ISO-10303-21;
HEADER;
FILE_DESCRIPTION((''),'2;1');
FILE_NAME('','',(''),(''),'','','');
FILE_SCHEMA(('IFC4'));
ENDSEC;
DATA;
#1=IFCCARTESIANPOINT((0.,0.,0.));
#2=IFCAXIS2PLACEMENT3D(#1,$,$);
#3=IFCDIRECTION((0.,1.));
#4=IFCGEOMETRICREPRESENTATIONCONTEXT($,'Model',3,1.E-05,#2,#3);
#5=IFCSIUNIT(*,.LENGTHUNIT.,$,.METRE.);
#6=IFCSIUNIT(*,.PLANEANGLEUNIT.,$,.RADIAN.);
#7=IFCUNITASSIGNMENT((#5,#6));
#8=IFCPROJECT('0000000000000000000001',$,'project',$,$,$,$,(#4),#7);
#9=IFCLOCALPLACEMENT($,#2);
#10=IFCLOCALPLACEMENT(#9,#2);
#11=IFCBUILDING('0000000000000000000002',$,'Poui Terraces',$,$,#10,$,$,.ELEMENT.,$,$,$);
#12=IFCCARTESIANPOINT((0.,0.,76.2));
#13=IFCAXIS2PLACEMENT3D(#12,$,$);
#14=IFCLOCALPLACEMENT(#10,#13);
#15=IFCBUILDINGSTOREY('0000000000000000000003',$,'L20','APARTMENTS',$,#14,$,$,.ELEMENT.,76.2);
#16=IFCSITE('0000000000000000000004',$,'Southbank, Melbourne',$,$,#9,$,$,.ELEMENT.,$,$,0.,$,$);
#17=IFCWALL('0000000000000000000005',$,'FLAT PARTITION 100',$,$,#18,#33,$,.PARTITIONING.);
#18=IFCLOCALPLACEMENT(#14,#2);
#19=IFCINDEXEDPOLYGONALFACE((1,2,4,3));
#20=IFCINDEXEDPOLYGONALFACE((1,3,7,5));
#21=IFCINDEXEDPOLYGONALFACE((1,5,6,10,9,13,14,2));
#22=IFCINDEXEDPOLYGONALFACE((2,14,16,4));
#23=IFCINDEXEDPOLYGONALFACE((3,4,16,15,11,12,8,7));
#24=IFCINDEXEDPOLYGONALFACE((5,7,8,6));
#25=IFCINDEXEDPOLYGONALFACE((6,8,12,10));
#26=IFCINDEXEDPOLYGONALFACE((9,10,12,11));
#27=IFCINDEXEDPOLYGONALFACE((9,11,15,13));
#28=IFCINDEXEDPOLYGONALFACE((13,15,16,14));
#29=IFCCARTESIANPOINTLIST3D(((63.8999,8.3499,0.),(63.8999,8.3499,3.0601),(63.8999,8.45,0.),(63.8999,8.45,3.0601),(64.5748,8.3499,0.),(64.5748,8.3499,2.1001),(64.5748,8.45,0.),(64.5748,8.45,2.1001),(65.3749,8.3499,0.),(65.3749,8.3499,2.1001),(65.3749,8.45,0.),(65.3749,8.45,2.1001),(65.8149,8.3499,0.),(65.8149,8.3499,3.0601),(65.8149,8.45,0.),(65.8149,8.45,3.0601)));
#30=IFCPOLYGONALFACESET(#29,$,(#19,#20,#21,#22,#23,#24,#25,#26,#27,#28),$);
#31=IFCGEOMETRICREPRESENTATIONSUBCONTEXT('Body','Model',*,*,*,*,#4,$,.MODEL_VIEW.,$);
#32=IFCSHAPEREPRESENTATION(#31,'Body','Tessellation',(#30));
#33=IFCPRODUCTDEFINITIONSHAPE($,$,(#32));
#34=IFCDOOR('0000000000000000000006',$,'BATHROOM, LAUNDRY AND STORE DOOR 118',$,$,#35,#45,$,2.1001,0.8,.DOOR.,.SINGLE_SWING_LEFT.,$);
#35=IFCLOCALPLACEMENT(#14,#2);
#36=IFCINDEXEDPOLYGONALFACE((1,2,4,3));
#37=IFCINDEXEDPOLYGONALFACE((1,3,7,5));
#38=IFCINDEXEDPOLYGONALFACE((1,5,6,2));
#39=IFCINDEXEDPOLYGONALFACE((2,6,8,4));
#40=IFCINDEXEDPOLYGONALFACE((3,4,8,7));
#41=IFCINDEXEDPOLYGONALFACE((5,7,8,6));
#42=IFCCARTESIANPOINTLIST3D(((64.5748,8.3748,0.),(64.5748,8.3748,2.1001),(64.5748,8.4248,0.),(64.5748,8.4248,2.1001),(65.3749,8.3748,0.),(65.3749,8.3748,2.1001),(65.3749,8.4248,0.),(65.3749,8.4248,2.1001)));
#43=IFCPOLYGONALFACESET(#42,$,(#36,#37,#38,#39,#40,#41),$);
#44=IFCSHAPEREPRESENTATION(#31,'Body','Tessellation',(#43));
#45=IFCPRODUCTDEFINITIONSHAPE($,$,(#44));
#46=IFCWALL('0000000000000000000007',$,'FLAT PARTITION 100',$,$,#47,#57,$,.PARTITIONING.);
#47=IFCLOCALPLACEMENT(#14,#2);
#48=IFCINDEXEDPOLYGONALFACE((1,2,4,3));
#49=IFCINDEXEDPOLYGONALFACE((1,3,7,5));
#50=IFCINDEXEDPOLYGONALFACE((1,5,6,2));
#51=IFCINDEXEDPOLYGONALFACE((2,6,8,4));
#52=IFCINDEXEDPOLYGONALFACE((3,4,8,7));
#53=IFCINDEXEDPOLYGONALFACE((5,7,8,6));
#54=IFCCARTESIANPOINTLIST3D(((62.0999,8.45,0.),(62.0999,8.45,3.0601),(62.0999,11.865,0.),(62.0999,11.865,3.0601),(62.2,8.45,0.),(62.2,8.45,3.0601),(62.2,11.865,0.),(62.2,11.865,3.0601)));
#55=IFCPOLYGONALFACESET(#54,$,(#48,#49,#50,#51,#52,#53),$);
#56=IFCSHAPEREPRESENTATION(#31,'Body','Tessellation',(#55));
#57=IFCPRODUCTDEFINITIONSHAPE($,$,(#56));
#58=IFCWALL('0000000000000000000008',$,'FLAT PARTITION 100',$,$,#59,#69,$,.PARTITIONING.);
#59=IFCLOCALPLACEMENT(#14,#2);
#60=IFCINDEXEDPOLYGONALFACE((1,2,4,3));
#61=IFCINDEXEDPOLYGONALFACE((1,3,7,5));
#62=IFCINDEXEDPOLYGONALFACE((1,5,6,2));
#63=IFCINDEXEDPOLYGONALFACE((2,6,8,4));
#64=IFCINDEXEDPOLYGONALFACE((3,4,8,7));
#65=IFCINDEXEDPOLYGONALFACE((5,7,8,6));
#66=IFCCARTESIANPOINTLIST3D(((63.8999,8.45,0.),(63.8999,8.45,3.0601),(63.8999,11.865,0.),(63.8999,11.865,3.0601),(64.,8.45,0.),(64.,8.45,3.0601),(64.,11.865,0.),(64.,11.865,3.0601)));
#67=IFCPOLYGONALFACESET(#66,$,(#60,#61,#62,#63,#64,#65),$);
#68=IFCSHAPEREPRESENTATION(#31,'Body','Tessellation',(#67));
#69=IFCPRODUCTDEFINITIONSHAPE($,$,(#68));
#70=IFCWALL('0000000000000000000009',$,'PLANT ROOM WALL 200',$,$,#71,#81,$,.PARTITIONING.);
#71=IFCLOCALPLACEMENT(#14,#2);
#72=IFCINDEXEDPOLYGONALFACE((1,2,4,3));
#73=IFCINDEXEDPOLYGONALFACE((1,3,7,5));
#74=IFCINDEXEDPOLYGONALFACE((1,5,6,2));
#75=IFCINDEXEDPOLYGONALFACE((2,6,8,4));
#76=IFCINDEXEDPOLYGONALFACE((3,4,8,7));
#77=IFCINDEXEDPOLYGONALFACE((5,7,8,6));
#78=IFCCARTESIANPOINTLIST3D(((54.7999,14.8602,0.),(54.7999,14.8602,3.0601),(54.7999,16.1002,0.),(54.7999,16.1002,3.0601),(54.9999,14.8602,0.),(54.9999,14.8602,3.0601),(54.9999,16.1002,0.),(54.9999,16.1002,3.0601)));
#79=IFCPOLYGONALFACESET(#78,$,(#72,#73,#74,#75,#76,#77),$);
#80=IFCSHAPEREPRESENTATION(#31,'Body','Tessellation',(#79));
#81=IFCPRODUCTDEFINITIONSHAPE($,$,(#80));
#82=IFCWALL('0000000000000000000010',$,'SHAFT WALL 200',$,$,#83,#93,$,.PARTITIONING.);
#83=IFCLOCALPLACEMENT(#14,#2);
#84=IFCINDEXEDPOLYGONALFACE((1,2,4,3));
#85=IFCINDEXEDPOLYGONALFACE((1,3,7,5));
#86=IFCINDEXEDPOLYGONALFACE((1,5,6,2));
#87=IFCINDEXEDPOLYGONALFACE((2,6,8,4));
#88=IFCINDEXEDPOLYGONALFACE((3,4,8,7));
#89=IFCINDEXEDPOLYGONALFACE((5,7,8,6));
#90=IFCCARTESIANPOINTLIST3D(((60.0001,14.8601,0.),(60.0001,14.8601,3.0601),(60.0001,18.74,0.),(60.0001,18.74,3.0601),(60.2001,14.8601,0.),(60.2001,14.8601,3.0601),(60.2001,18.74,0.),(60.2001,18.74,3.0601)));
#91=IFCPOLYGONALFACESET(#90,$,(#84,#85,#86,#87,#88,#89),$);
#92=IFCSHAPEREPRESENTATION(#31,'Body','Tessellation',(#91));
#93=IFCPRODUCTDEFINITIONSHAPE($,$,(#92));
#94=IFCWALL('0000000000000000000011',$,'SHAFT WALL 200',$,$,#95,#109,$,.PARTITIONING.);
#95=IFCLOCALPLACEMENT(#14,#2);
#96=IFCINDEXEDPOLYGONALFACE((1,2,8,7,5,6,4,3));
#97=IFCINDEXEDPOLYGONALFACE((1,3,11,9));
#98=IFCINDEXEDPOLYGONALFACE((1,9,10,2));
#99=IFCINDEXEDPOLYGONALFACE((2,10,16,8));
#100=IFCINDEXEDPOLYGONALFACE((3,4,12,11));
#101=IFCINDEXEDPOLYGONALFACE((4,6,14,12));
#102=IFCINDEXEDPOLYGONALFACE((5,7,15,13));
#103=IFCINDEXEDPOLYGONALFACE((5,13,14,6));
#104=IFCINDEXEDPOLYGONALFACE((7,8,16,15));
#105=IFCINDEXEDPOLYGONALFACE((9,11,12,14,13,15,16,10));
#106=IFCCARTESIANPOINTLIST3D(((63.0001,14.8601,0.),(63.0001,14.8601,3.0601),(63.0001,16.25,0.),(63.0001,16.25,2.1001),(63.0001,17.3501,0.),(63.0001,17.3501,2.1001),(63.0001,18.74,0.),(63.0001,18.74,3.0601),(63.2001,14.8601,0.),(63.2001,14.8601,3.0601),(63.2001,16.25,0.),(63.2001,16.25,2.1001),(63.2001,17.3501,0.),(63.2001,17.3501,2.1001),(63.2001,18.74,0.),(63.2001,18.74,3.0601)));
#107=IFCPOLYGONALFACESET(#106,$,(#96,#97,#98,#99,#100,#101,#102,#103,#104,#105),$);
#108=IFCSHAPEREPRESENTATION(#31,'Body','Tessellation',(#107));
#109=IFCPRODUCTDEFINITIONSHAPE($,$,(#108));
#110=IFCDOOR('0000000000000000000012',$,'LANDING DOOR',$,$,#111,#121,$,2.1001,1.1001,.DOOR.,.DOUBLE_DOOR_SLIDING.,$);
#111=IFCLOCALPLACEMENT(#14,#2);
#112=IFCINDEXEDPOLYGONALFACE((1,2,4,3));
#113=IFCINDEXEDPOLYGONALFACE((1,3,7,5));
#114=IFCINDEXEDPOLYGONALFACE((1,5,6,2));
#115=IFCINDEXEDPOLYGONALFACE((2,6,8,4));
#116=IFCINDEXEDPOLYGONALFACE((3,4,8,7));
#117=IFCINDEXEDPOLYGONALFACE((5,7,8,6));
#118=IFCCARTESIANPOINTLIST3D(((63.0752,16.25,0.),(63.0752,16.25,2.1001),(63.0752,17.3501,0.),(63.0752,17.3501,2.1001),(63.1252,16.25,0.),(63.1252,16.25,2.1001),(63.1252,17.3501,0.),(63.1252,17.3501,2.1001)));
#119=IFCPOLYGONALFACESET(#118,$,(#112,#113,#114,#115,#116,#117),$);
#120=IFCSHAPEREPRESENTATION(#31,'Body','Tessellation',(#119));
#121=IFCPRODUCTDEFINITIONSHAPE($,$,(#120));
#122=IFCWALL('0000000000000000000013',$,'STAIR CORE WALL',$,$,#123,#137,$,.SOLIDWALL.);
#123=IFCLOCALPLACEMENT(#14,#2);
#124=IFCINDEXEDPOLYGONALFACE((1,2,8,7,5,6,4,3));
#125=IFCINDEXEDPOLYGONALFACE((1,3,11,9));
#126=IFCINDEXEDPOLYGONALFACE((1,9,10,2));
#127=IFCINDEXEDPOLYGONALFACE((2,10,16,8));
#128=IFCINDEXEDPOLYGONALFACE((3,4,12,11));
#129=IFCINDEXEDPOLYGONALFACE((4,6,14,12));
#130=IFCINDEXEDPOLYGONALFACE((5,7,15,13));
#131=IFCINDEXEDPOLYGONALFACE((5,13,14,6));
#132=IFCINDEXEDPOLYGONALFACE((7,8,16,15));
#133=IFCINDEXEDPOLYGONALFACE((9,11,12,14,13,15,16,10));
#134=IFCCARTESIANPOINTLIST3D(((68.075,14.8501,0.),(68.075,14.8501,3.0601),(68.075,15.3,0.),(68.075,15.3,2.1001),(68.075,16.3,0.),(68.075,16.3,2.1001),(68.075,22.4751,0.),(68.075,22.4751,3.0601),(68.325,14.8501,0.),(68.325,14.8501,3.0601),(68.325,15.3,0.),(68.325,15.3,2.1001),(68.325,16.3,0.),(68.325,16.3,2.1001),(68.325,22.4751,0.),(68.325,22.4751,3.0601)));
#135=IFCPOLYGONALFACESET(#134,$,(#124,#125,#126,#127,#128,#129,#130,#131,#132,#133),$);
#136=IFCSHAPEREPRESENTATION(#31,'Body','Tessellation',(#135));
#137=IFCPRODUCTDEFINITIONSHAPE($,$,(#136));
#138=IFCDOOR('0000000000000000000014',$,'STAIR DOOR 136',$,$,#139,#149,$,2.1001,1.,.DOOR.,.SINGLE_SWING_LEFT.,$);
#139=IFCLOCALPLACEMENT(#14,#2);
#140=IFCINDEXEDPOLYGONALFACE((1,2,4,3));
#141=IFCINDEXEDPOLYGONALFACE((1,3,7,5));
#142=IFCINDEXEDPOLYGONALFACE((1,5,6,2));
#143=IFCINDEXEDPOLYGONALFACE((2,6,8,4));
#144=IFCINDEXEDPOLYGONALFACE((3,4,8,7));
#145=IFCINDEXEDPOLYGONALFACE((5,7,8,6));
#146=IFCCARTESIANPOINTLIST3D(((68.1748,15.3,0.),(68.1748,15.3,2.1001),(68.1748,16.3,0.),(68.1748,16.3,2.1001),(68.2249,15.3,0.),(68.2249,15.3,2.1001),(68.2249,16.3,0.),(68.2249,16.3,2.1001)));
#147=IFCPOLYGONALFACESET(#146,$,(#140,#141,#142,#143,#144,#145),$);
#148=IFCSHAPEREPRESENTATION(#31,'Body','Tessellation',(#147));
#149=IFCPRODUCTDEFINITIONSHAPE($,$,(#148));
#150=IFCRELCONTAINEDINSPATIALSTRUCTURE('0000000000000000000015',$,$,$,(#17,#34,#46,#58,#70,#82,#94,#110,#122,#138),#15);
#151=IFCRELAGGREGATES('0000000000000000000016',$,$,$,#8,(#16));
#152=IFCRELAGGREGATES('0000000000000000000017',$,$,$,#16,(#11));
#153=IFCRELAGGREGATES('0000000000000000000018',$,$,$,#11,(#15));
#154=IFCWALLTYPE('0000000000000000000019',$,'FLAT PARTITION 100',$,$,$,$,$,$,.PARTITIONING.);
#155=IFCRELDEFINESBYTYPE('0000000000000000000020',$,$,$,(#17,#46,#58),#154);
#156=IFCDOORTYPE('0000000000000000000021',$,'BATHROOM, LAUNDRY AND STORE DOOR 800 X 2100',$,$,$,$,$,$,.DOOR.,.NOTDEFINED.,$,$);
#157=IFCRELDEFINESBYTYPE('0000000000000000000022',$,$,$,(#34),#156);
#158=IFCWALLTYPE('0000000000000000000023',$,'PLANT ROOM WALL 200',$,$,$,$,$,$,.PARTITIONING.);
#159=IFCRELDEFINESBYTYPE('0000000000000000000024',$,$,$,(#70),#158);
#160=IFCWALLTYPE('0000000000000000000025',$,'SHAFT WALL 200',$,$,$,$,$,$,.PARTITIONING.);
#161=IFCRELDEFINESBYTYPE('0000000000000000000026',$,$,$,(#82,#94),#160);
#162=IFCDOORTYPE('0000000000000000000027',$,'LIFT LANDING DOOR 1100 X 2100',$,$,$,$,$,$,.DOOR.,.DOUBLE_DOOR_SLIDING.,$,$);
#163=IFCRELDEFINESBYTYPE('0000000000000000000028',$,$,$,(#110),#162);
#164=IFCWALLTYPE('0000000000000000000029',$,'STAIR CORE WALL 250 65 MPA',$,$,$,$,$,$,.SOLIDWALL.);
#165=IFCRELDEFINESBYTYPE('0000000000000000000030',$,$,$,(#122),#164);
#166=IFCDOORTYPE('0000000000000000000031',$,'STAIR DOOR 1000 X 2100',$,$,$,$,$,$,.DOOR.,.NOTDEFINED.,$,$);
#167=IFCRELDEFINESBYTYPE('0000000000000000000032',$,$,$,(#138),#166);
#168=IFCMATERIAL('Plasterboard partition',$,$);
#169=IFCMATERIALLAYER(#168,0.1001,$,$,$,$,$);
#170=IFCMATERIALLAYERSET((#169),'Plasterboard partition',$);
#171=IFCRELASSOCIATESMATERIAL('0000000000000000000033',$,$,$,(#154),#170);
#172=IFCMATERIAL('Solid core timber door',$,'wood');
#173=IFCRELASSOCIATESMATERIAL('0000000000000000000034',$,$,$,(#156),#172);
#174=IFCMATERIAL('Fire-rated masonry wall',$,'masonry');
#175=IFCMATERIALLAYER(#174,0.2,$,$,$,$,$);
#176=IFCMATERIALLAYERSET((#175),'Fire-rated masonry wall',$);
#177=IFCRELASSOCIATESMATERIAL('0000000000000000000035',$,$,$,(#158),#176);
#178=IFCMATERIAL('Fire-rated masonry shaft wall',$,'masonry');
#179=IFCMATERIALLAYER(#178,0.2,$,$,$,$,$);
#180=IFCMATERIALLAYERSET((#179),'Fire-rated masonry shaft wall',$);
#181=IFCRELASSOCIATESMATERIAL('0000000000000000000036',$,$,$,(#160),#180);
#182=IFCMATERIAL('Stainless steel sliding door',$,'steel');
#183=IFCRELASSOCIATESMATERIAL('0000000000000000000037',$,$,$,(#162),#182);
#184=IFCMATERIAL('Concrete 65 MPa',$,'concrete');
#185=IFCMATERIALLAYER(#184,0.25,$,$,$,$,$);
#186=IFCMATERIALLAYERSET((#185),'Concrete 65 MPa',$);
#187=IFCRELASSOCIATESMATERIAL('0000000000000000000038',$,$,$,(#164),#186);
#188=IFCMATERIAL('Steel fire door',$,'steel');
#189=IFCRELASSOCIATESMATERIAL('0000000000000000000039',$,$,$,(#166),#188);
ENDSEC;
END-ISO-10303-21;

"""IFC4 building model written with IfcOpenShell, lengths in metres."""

from ifc_helpers import new_model, si_unit, direction, frame, frame_2d, origin, place, context, subcontext, project, spatial, rectangle, extrude, material, layer, layer_set, type_object, element, fill, save


model = new_model("IFC4")

# Units and contexts
model_context = context("Model", 3, precision=1e-05, world=origin(), true_north=direction((0.0, 1.0)))
body_context = subcontext(model_context, "Body", "Model", "MODEL_VIEW")
ifc_project = project(units=[si_unit("LENGTHUNIT", "METRE"), si_unit("PLANEANGLEUNIT", "RADIAN")], contexts=[model_context])

# Site, building, storey
site_placement = place(None, origin())
site = spatial("IfcSite", under=ifc_project, at=site_placement, Name="Southbank, Melbourne", CompositionType="ELEMENT", RefElevation=0.0)
building_placement = place(site_placement, origin())
building = spatial("IfcBuilding", under=site, at=building_placement, Name="Poui Terraces", CompositionType="ELEMENT")
storey_placement = place(building_placement, frame((0.0, 0.0, 76.2)))
storey = spatial("IfcBuildingStorey", under=building, at=storey_placement, Name="L20", Description="APARTMENTS", CompositionType="ELEMENT", Elevation=76.2)

# Shared definitions
ifc_material_1 = material(Name="Concrete 65 MPa", Category="concrete")

# Wall, opening, door
ifc_material_2 = material(Name="Steel fire door", Category="steel")
ifc_material_3 = material(Name="Plasterboard partition")
ifc_layer_1 = layer(ifc_material_3, 0.1001)
ifc_layer_set_1 = layer_set([ifc_layer_1], Name="Plasterboard partition")
wall_type_1 = type_object("IfcWallType", Name="FLAT PARTITION 100", PredefinedType="PARTITIONING", material=ifc_layer_set_1)
ifc_material_4 = material(Name="Solid core timber door", Category="wood")
door_type_1 = type_object("IfcDoorType", Name="BATHROOM, LAUNDRY AND STORE DOOR 800 X 2100", OperationType="NOTDEFINED", PredefinedType="DOOR", material=ifc_material_4)
wall_1_placement = place(storey_placement, frame((63.8999, 8.3999, 0.0), z_axis=(0.0, 0.0, 1.0), x_axis=(1.0, 0.0, 0.0)))
wall_1 = element("IfcWall", 1, at=wall_1_placement, inside=storey, type_object=wall_type_1, Name="FLAT PARTITION 100", PredefinedType="PARTITIONING", context=body_context, shape_type="SweptSolid", body=[
    extrude(rectangle(XDim=1.915, YDim=0.1001, at=frame_2d((0.9575, 0.0))), origin(), (0.0, 0.0, 1.0), 3.0601),
])
opening_1_placement = place(wall_1_placement, frame((0.675, 0.0, 0.0)))
opening_1 = element("IfcOpeningElement", 2, at=opening_1_placement, cuts=wall_1, PredefinedType="OPENING", context=body_context, shape_type="SweptSolid", body=[
    extrude(rectangle(XDim=0.8, YDim=2.1001, at=frame_2d((0.3999, 1.05))), frame((0.0, 0.0601, 0.0), z_axis=(0.0, -1.0, 0.0), x_axis=(1.0, 0.0, 0.0)), (0.0, 0.0, 1.0), 0.1201),
])
door_1_placement = place(opening_1_placement, origin())
door_1 = element("IfcDoor", 3, at=door_1_placement, inside=storey, type_object=door_type_1, Name="BATHROOM, LAUNDRY AND STORE DOOR 118", OperationType="SINGLE_SWING_LEFT", OverallHeight=2.1001, OverallWidth=0.8, PredefinedType="DOOR", context=body_context, shape_type="SweptSolid", body=[
    extrude(rectangle(XDim=0.8, YDim=2.1001, at=frame_2d((0.3999, 1.05))), frame((0.0, 0.0249, 0.0), z_axis=(0.0, -1.0, 0.0), x_axis=(1.0, 0.0, 0.0)), (0.0, 0.0, 1.0), 0.05),
])
fill(opening_1, door_1)

# Walls
for number, where, z_axis, x_axis, name in (
    (4, (62.1499, 8.45, 0.0), (0.0, 0.0, 1.0), (0.0, 1.0, 0.0), "FLAT PARTITION 100"),
    (5, (63.95, 8.45, 0.0), (0.0, 0.0, 1.0), (0.0, 1.0, 0.0), "FLAT PARTITION 100"),
):
    element("IfcWall", number, at=place(storey_placement, frame(where, z_axis=z_axis, x_axis=x_axis)), inside=storey, type_object=wall_type_1, Name=name, PredefinedType="PARTITIONING", context=body_context, shape_type="SweptSolid", body=[
        extrude(rectangle(XDim=3.415, YDim=0.1001, at=frame_2d((1.7075, 0.0))), origin(), (0.0, 0.0, 1.0), 3.0601),
    ])
ifc_material_5 = material(Name="Fire-rated masonry wall", Category="masonry")
ifc_layer_2 = layer(ifc_material_5, 0.2)
ifc_layer_set_2 = layer_set([ifc_layer_2], Name="Fire-rated masonry wall")
wall_type_2 = type_object("IfcWallType", Name="PLANT ROOM WALL 200", PredefinedType="PARTITIONING", material=ifc_layer_set_2)
wall_2_placement = place(storey_placement, frame((54.8999, 14.8601, 0.0), z_axis=(0.0, 0.0, 1.0), x_axis=(0.0, 1.0, 0.0)))
element("IfcWall", 6, at=wall_2_placement, inside=storey, type_object=wall_type_2, Name="PLANT ROOM WALL 200", PredefinedType="PARTITIONING", context=body_context, shape_type="SweptSolid", body=[
    extrude(rectangle(XDim=1.24, YDim=0.2, at=frame_2d((0.6201, 0.0))), origin(), (0.0, 0.0, 1.0), 3.0601),
])
ifc_material_6 = material(Name="Fire-rated masonry shaft wall", Category="masonry")
ifc_layer_3 = layer(ifc_material_6, 0.2)
ifc_layer_set_3 = layer_set([ifc_layer_3], Name="Fire-rated masonry shaft wall")
wall_type_3 = type_object("IfcWallType", Name="SHAFT WALL 200", PredefinedType="PARTITIONING", material=ifc_layer_set_3)
wall_3_placement = place(storey_placement, frame((60.1001, 14.8601, 0.0), z_axis=(0.0, 0.0, 1.0), x_axis=(0.0, 1.0, 0.0)))
element("IfcWall", 7, at=wall_3_placement, inside=storey, type_object=wall_type_3, Name="SHAFT WALL 200", PredefinedType="PARTITIONING", context=body_context, shape_type="SweptSolid", body=[
    extrude(rectangle(XDim=3.8799, YDim=0.2, at=frame_2d((1.9399, 0.0))), origin(), (0.0, 0.0, 1.0), 3.0601),
])

# Walls, openings, doors
wall_4_placement = place(storey_placement, frame((63.1001, 14.8601, 0.0), z_axis=(0.0, 0.0, 1.0), x_axis=(0.0, 1.0, 0.0)))
wall_4 = element("IfcWall", 8, at=wall_4_placement, inside=storey, type_object=wall_type_3, Name="SHAFT WALL 200", PredefinedType="PARTITIONING", context=body_context, shape_type="SweptSolid", body=[
    extrude(rectangle(XDim=3.8799, YDim=0.2, at=frame_2d((1.9399, 0.0))), origin(), (0.0, 0.0, 1.0), 3.0601),
])
opening_2_placement = place(wall_4_placement, frame((1.3899, 0.0, 0.0)))
opening_2 = element("IfcOpeningElement", 9, at=opening_2_placement, cuts=wall_4, PredefinedType="OPENING", context=body_context, shape_type="SweptSolid", body=[
    extrude(rectangle(XDim=1.1001, YDim=2.1001, at=frame_2d((0.55, 1.05))), frame((0.0, 0.1099, 0.0), z_axis=(0.0, -1.0, 0.0), x_axis=(1.0, 0.0, 0.0)), (0.0, 0.0, 1.0), 0.22),
])
ifc_material_7 = material(Name="Stainless steel sliding door", Category="steel")
door_type_2 = type_object("IfcDoorType", Name="LIFT LANDING DOOR 1100 X 2100", OperationType="DOUBLE_DOOR_SLIDING", PredefinedType="DOOR", material=ifc_material_7)
door_2_placement = place(opening_2_placement, origin())
door_2 = element("IfcDoor", 10, at=door_2_placement, inside=storey, type_object=door_type_2, Name="LANDING DOOR", OperationType="DOUBLE_DOOR_SLIDING", OverallHeight=2.1001, OverallWidth=1.1001, PredefinedType="DOOR", context=body_context, shape_type="SweptSolid", body=[
    extrude(rectangle(XDim=1.1001, YDim=2.1001, at=frame_2d((0.55, 1.05))), frame((0.0, 0.0249, 0.0), z_axis=(0.0, -1.0, 0.0), x_axis=(1.0, 0.0, 0.0)), (0.0, 0.0, 1.0), 0.05),
])
fill(opening_2, door_2)
ifc_layer_4 = layer(ifc_material_1, 0.25)
ifc_layer_set_4 = layer_set([ifc_layer_4], Name="Concrete 65 MPa")
wall_type_4 = type_object("IfcWallType", Name="STAIR CORE WALL 250 65 MPA", PredefinedType="SOLIDWALL", material=ifc_layer_set_4)
wall_5_placement = place(storey_placement, frame((68.2, 14.8501, 0.0), z_axis=(0.0, 0.0, 1.0), x_axis=(0.0, 1.0, 0.0)))
wall_5 = element("IfcWall", 11, at=wall_5_placement, inside=storey, type_object=wall_type_4, Name="STAIR CORE WALL", PredefinedType="SOLIDWALL", context=body_context, shape_type="SweptSolid", body=[
    extrude(rectangle(XDim=7.625, YDim=0.25, at=frame_2d((3.8125, 0.0))), origin(), (0.0, 0.0, 1.0), 3.0601),
])
opening_3_placement = place(wall_5_placement, frame((0.45, 0.0, 0.0)))
opening_3 = element("IfcOpeningElement", 12, at=opening_3_placement, cuts=wall_5, PredefinedType="OPENING", context=body_context, shape_type="SweptSolid", body=[
    extrude(rectangle(XDim=1.0, YDim=2.1001, at=frame_2d((0.5, 1.05))), frame((0.0, 0.135, 0.0), z_axis=(0.0, -1.0, 0.0), x_axis=(1.0, 0.0, 0.0)), (0.0, 0.0, 1.0), 0.27),
])
door_type_3 = type_object("IfcDoorType", Name="STAIR DOOR 1000 X 2100", OperationType="NOTDEFINED", PredefinedType="DOOR", material=ifc_material_2)
door_3_placement = place(opening_3_placement, frame((1.0, 0.0, 0.0), z_axis=(0.0, 0.0, 1.0), x_axis=(-1.0, 0.0, 0.0)))
door_3 = element("IfcDoor", 13, at=door_3_placement, inside=storey, type_object=door_type_3, Name="STAIR DOOR 136", OperationType="SINGLE_SWING_LEFT", OverallHeight=2.1001, OverallWidth=1.0, PredefinedType="DOOR", context=body_context, shape_type="SweptSolid", body=[
    extrude(rectangle(XDim=1.0, YDim=2.1001, at=frame_2d((0.5, 1.05))), frame((0.0, 0.0249, 0.0), z_axis=(0.0, -1.0, 0.0), x_axis=(1.0, 0.0, 0.0)), (0.0, 0.0, 1.0), 0.05),
])
fill(opening_3, door_3)

save(model, "model.ifc")
